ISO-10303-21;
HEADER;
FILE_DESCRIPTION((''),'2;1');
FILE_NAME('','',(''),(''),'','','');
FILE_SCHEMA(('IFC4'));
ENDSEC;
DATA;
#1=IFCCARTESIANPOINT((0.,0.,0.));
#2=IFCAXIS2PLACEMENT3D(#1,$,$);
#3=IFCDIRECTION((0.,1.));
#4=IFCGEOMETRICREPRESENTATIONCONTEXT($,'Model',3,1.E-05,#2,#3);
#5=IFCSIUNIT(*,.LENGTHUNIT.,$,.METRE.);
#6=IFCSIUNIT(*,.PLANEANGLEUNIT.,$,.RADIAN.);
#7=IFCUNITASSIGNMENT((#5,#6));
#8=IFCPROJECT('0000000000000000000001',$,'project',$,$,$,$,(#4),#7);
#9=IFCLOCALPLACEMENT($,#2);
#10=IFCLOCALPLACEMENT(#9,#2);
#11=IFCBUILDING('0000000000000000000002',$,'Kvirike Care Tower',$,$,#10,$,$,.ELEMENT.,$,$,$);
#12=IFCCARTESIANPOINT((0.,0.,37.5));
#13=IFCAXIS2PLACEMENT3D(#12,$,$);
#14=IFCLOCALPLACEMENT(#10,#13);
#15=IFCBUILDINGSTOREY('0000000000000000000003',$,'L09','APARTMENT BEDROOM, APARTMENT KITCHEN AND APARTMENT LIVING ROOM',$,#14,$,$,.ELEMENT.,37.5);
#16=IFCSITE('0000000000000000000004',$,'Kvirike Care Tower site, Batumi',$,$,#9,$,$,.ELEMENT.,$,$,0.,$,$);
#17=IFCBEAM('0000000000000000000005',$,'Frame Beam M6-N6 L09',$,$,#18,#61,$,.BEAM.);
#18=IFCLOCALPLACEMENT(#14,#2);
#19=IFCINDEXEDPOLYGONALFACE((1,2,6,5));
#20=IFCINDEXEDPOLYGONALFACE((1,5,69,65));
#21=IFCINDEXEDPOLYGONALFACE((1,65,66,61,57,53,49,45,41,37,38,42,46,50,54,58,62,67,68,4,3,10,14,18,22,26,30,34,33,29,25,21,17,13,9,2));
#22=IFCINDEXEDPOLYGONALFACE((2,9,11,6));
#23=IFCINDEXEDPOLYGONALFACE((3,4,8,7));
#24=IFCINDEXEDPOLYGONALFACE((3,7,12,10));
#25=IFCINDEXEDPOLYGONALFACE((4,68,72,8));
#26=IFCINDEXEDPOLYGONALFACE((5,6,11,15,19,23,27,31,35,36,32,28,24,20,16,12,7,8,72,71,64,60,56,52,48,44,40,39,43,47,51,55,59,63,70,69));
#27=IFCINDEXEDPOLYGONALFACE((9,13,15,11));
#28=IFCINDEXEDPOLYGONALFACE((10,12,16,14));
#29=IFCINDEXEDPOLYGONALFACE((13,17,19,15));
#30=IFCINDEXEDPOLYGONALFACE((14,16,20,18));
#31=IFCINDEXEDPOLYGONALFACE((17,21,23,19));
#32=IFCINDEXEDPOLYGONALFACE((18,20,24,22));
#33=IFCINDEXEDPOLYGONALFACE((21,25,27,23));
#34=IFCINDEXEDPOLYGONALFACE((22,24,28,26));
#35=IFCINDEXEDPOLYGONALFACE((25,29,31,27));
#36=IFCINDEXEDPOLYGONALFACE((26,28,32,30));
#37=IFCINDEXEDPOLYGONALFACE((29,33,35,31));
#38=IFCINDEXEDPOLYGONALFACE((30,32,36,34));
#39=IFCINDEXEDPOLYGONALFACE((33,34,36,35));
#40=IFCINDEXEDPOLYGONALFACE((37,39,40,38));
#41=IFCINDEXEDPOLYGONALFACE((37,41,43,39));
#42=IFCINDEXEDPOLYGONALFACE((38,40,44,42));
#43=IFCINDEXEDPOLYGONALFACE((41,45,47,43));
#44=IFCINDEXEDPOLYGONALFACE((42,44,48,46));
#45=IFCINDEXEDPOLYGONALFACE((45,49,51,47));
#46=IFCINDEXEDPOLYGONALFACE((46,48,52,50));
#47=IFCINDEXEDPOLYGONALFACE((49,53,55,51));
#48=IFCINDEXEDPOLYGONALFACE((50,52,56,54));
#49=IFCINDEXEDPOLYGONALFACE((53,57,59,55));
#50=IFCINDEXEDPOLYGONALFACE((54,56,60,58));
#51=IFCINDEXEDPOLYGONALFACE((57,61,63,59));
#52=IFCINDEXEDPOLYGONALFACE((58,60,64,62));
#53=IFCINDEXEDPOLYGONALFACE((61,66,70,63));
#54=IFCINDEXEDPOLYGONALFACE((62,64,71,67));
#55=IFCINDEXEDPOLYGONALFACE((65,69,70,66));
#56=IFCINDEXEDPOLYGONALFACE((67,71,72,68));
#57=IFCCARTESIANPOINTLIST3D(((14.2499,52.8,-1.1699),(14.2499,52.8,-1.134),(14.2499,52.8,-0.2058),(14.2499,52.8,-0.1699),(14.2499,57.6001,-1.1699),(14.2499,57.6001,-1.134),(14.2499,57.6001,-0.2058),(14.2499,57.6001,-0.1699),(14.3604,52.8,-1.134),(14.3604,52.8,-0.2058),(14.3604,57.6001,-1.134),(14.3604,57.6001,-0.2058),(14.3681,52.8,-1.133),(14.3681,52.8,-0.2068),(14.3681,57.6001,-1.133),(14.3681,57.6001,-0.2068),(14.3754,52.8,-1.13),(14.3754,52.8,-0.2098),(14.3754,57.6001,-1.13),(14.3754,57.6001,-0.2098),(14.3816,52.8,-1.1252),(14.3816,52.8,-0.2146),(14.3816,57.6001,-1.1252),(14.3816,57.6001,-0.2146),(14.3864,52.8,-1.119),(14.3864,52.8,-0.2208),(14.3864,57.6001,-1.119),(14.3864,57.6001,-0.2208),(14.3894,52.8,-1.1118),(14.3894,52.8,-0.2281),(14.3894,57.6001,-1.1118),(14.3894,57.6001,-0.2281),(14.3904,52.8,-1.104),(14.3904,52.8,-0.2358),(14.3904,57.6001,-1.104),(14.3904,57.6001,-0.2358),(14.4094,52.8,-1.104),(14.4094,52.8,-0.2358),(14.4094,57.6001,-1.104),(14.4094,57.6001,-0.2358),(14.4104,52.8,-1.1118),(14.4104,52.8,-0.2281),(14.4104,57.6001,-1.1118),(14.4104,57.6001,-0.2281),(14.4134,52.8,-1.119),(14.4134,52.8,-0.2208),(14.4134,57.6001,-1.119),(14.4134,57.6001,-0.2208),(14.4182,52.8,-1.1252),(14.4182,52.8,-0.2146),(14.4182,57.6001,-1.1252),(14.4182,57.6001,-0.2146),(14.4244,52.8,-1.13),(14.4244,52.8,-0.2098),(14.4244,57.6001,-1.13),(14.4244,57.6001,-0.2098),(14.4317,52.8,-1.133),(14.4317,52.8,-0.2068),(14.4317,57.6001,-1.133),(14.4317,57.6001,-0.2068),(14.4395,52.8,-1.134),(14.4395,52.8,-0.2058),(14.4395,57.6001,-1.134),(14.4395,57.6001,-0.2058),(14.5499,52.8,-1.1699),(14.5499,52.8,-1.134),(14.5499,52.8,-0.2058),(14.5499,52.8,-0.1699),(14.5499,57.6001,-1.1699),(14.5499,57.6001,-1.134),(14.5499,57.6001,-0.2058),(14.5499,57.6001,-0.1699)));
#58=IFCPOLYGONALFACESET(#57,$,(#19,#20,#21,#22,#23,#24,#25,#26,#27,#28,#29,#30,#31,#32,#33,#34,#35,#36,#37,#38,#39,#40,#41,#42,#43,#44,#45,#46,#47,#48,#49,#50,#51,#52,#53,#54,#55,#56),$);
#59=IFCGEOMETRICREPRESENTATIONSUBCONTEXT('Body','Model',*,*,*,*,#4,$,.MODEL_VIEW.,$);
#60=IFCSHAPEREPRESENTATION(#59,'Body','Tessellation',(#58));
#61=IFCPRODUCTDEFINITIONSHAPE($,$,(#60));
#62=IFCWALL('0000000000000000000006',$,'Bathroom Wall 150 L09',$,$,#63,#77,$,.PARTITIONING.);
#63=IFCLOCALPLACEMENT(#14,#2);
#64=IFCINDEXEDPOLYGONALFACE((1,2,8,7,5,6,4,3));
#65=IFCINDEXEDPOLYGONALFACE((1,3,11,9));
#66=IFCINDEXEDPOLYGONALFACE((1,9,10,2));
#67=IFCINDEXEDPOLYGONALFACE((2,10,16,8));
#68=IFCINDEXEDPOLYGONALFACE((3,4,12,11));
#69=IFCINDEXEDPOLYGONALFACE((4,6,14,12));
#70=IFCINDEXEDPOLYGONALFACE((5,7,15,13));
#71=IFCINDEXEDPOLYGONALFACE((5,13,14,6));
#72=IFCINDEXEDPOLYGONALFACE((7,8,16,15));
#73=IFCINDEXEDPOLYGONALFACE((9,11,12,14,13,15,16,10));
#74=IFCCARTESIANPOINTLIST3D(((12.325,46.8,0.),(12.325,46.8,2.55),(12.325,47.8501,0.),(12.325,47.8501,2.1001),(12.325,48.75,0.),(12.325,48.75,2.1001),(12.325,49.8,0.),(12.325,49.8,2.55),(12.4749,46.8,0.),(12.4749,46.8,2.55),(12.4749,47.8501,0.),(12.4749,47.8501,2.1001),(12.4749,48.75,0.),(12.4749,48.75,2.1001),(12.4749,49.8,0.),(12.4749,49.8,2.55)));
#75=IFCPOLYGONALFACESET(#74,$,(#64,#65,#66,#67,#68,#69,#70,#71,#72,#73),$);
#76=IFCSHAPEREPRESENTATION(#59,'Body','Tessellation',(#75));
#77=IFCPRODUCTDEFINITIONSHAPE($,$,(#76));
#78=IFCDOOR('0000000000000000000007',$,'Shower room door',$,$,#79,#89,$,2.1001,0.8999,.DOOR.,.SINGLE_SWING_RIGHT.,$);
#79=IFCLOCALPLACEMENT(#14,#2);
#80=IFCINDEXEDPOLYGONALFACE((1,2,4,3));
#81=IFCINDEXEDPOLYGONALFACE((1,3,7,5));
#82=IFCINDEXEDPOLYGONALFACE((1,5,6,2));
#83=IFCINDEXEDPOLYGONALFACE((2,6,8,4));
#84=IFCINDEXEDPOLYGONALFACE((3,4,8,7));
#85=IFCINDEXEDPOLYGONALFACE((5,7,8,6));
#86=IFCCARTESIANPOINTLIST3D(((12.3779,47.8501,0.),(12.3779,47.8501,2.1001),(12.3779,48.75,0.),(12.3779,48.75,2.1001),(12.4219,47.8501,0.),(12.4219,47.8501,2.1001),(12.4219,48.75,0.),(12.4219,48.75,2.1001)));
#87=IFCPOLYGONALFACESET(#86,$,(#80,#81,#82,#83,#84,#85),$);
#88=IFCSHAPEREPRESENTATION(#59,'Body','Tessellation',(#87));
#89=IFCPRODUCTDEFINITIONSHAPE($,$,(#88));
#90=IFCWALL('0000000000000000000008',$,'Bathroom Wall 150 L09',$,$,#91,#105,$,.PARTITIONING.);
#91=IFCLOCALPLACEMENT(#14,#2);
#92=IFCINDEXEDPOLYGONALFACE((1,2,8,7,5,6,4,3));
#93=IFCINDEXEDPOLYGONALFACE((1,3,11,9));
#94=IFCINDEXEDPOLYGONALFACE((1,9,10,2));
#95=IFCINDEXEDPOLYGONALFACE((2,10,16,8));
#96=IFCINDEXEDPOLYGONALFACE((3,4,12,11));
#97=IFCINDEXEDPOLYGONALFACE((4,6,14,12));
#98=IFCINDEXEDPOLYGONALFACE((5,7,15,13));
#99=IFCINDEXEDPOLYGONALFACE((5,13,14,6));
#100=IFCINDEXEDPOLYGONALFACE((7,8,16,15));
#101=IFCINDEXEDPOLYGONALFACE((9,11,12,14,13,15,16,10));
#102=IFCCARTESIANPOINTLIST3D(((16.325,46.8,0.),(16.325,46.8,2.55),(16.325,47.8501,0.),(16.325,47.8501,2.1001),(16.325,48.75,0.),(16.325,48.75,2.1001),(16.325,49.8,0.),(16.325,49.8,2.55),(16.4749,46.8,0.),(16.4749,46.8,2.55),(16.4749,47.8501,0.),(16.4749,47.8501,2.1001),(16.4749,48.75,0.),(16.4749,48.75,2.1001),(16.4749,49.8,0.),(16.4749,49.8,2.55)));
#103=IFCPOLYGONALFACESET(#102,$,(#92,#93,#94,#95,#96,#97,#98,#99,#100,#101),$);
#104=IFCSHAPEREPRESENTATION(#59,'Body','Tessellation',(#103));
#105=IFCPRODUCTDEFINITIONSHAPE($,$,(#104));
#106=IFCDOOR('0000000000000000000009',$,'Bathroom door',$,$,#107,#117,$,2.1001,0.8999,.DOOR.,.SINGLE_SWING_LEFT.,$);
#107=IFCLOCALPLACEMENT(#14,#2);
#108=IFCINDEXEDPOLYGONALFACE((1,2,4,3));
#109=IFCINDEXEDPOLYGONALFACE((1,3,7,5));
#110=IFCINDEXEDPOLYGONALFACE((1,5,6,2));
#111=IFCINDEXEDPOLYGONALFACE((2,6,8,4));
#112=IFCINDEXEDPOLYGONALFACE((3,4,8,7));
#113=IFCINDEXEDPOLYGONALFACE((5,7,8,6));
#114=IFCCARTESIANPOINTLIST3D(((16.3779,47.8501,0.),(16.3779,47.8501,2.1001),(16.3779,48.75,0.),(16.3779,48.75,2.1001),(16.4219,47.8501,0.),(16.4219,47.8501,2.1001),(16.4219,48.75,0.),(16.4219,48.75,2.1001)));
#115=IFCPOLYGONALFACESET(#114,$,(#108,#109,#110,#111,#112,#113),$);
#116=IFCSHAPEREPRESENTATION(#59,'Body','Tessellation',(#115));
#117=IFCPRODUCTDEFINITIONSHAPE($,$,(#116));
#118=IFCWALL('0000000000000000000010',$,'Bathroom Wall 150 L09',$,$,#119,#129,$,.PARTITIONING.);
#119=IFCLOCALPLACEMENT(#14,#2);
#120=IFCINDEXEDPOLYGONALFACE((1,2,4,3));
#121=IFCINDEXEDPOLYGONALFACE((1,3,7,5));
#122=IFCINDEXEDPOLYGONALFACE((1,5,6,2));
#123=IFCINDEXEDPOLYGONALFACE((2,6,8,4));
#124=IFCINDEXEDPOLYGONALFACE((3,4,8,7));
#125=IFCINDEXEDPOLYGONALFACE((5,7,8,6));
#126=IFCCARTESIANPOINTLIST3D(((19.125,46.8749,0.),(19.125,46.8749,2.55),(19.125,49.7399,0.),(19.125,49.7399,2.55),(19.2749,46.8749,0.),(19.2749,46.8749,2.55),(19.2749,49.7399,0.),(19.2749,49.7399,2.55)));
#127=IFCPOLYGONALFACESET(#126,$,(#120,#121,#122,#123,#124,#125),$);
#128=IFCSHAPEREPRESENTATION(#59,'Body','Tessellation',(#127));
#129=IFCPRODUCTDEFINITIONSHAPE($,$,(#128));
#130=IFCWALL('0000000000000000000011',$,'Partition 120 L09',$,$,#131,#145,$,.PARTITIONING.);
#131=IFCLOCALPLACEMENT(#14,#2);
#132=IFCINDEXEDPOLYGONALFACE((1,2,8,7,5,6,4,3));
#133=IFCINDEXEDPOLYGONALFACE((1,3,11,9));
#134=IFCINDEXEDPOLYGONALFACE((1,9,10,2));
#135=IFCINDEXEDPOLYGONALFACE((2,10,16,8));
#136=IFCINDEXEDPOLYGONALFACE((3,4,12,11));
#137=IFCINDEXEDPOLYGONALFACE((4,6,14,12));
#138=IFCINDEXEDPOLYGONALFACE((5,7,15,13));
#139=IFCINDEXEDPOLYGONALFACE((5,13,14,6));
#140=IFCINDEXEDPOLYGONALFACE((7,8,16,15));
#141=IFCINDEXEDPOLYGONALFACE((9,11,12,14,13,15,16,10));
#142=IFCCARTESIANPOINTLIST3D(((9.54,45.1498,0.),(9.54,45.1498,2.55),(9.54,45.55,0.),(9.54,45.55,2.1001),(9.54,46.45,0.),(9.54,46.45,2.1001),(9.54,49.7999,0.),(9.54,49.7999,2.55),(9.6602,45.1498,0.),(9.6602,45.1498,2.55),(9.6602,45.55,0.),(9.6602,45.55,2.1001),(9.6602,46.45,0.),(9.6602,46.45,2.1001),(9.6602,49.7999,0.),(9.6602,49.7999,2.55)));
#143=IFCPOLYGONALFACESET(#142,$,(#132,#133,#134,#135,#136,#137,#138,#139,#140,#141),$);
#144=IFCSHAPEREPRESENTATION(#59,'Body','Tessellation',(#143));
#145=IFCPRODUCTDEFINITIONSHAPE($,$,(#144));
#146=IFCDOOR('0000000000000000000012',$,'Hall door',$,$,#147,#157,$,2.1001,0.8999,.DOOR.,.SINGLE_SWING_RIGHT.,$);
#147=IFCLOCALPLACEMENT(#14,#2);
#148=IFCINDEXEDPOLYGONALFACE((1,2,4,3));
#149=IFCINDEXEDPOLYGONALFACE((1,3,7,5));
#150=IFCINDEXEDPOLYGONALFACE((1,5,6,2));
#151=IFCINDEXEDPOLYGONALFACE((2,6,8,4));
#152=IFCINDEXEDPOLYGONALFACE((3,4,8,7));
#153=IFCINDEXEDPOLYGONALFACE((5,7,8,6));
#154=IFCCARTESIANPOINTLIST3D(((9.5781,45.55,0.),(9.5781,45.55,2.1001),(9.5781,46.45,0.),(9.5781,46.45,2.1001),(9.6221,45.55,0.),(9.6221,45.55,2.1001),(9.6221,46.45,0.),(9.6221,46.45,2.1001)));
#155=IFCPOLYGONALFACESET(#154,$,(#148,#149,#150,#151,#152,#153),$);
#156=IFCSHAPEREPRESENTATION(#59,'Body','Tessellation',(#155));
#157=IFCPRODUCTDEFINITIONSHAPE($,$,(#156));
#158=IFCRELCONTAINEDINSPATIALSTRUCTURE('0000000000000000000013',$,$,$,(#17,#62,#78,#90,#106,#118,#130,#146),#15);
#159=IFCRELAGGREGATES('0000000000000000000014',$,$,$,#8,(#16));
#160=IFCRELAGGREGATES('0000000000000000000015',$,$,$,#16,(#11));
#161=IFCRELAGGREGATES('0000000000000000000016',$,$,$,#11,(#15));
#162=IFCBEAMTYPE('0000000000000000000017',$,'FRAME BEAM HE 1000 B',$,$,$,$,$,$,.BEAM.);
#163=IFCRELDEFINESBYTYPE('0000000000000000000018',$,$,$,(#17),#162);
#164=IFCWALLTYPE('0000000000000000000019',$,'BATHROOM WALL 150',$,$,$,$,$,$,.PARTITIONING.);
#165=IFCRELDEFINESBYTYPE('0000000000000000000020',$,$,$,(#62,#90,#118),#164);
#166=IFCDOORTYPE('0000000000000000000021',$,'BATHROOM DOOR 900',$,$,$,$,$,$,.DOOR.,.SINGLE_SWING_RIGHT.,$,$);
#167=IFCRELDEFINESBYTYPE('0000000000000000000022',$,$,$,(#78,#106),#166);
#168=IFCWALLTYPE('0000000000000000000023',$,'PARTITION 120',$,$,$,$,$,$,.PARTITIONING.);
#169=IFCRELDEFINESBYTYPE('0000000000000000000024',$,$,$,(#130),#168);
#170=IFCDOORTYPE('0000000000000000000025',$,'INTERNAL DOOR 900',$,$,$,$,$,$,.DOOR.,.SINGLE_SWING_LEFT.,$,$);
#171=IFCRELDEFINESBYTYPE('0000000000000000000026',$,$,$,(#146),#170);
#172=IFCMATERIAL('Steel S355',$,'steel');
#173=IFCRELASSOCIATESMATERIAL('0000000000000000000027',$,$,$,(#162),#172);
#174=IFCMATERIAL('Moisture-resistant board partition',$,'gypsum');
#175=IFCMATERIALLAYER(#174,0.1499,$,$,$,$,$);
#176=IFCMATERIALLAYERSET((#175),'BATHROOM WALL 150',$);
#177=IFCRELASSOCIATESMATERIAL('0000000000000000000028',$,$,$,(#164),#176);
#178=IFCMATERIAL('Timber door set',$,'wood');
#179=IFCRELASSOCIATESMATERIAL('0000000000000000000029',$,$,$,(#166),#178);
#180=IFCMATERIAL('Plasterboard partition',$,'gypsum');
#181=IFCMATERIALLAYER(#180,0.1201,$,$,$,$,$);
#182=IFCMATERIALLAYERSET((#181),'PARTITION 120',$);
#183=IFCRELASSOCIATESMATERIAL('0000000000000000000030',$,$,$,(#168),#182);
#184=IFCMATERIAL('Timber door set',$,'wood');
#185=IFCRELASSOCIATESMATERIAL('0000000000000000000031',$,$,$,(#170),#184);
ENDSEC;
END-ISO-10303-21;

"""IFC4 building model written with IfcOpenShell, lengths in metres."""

from ifc_helpers import new_model, si_unit, direction, frame, frame_2d, origin, origin_2d, place, context, subcontext, project, spatial, rectangle, i_section, extrude, material, layer, layer_set, material_profile, profile_set, type_object, element, fill, save


model = new_model("IFC4")

# Units and contexts
model_context = context("Model", 3, precision=1e-05, world=origin(), true_north=direction((0.0, 1.0)))
body_context = subcontext(model_context, "Body", "Model", "MODEL_VIEW")
ifc_project = project(units=[si_unit("LENGTHUNIT", "METRE"), si_unit("PLANEANGLEUNIT", "RADIAN")], contexts=[model_context])

# Site, building, storey
site_placement = place(None, origin())
site = spatial("IfcSite", under=ifc_project, at=site_placement, Name="Kvirike Care Tower site, Batumi", CompositionType="ELEMENT", RefElevation=0.0)
building_placement = place(site_placement, origin())
building = spatial("IfcBuilding", under=site, at=building_placement, Name="Kvirike Care Tower", CompositionType="ELEMENT")
storey_placement = place(building_placement, frame((0.0, 0.0, 37.5)))
storey = spatial("IfcBuildingStorey", under=building, at=storey_placement, Name="L09", Description="APARTMENT BEDROOM, APARTMENT KITCHEN AND APARTMENT LIVING ROOM", CompositionType="ELEMENT", Elevation=37.5)

# Beam
ifc_material_1 = material(Name="Steel S355", Category="steel")
ifc_material_profile_1 = material_profile(ifc_material_1, i_section(OverallWidth=0.3, OverallDepth=1.0, WebThickness=0.019, FlangeThickness=0.0359, FilletRadius=0.03, at=origin_2d()), Name="HE 1000 B")
ifc_profile_set_1 = profile_set([ifc_material_profile_1], Name="Steel S355")
beam_type_1 = type_object("IfcBeamType", Name="FRAME BEAM HE 1000 B", PredefinedType="BEAM", material=ifc_profile_set_1)
for number, where, z_axis, x_axis, name in (
    (1, (14.3999, 52.8, -0.6699), (0.0, 1.0, 0.0), (-1.0, 0.0, 0.0), "Frame Beam M6-N6 L09"),
):
    element("IfcBeam", number, at=place(storey_placement, frame(where, z_axis=z_axis, x_axis=x_axis)), inside=storey, type_object=beam_type_1, Name=name, PredefinedType="BEAM", context=body_context, shape_type="SweptSolid", body=[
        extrude(i_section(OverallWidth=0.3, OverallDepth=1.0, WebThickness=0.019, FlangeThickness=0.0359, FilletRadius=0.03, at=origin_2d()), origin(), (0.0, 0.0, 1.0), 4.8),
    ])

# Walls, openings, doors
ifc_material_2 = material(Name="Moisture-resistant board partition", Category="gypsum")
ifc_layer_1 = layer(ifc_material_2, 0.1499)
ifc_layer_set_1 = layer_set([ifc_layer_1], Name="BATHROOM WALL 150")
wall_type_1 = type_object("IfcWallType", Name="BATHROOM WALL 150", PredefinedType="PARTITIONING", material=ifc_layer_set_1)
wall_1_placement = place(storey_placement, frame((12.3999, 49.8, 0.0), z_axis=(0.0, 0.0, 1.0), x_axis=(0.0, -1.0, 0.0)))
wall_1 = element("IfcWall", 2, at=wall_1_placement, inside=storey, type_object=wall_type_1, Name="Bathroom Wall 150 L09", PredefinedType="PARTITIONING", context=body_context, shape_type="SweptSolid", body=[
    extrude(rectangle(XDim=3.0, YDim=0.1499, at=frame_2d((1.5, 0.0))), origin(), (0.0, 0.0, 1.0), 2.55),
])
opening_1_placement = place(wall_1_placement, frame((1.05, 0.0, 0.0)))
opening_1 = element("IfcOpeningElement", 3, at=opening_1_placement, cuts=wall_1, PredefinedType="OPENING", context=body_context, shape_type="SweptSolid", body=[
    extrude(rectangle(XDim=0.8999, YDim=2.1001, at=frame_2d((0.45, 1.05))), frame((0.0, 0.0854, 0.0), z_axis=(0.0, -1.0, 0.0), x_axis=(1.0, 0.0, 0.0)), (0.0, 0.0, 1.0), 0.1709),
])
ifc_material_3 = material(Name="Timber door set", Category="wood")
door_type_1 = type_object("IfcDoorType", Name="BATHROOM DOOR 900", OperationType="SINGLE_SWING_RIGHT", PredefinedType="DOOR", material=ifc_material_3)
door_1_placement = place(opening_1_placement, frame((0.8999, 0.0, 0.0), z_axis=(0.0, 0.0, 1.0), x_axis=(-1.0, 0.0, 0.0)))
door_1 = element("IfcDoor", 4, at=door_1_placement, inside=storey, type_object=door_type_1, Name="Shower room door", OperationType="SINGLE_SWING_RIGHT", OverallHeight=2.1001, OverallWidth=0.8999, PredefinedType="DOOR", context=body_context, shape_type="SweptSolid", body=[
    extrude(rectangle(XDim=0.8999, YDim=2.1001, at=frame_2d((0.45, 1.05))), frame((0.0, 0.022, 0.0), z_axis=(0.0, -1.0, 0.0), x_axis=(1.0, 0.0, 0.0)), (0.0, 0.0, 1.0), 0.0439),
])
fill(opening_1, door_1)
wall_2_placement = place(storey_placement, frame((16.3999, 49.8, 0.0), z_axis=(0.0, 0.0, 1.0), x_axis=(0.0, -1.0, 0.0)))
wall_2 = element("IfcWall", 5, at=wall_2_placement, inside=storey, type_object=wall_type_1, Name="Bathroom Wall 150 L09", PredefinedType="PARTITIONING", context=body_context, shape_type="SweptSolid", body=[
    extrude(rectangle(XDim=3.0, YDim=0.1499, at=frame_2d((1.5, 0.0))), origin(), (0.0, 0.0, 1.0), 2.55),
])
opening_2_placement = place(wall_2_placement, frame((1.05, 0.0, 0.0)))
opening_2 = element("IfcOpeningElement", 6, at=opening_2_placement, cuts=wall_2, PredefinedType="OPENING", context=body_context, shape_type="SweptSolid", body=[
    extrude(rectangle(XDim=0.8999, YDim=2.1001, at=frame_2d((0.45, 1.05))), frame((0.0, 0.0854, 0.0), z_axis=(0.0, -1.0, 0.0), x_axis=(1.0, 0.0, 0.0)), (0.0, 0.0, 1.0), 0.1709),
])
door_2_placement = place(opening_2_placement, origin())
door_2 = element("IfcDoor", 7, at=door_2_placement, inside=storey, type_object=door_type_1, Name="Bathroom door", OperationType="SINGLE_SWING_LEFT", OverallHeight=2.1001, OverallWidth=0.8999, PredefinedType="DOOR", context=body_context, shape_type="SweptSolid", body=[
    extrude(rectangle(XDim=0.8999, YDim=2.1001, at=frame_2d((0.45, 1.05))), frame((0.0, 0.022, 0.0), z_axis=(0.0, -1.0, 0.0), x_axis=(1.0, 0.0, 0.0)), (0.0, 0.0, 1.0), 0.0439),
])
fill(opening_2, door_2)

# Wall
wall_3_placement = place(storey_placement, frame((19.2, 49.74, 0.0), z_axis=(0.0, 0.0, 1.0), x_axis=(0.0, -1.0, 0.0)))
element("IfcWall", 8, at=wall_3_placement, inside=storey, type_object=wall_type_1, Name="Bathroom Wall 150 L09", PredefinedType="PARTITIONING", context=body_context, shape_type="SweptSolid", body=[
    extrude(rectangle(XDim=2.865, YDim=0.1499, at=frame_2d((1.4326, 0.0))), origin(), (0.0, 0.0, 1.0), 2.55),
])

# Wall, opening, door
ifc_material_4 = material(Name="Plasterboard partition", Category="gypsum")
ifc_layer_2 = layer(ifc_material_4, 0.1201)
ifc_layer_set_2 = layer_set([ifc_layer_2], Name="PARTITION 120")
wall_type_2 = type_object("IfcWallType", Name="PARTITION 120", PredefinedType="PARTITIONING", material=ifc_layer_set_2)
wall_4_placement = place(storey_placement, frame((9.6001, 49.8, 0.0), z_axis=(0.0, 0.0, 1.0), x_axis=(0.0, -1.0, 0.0)))
wall_4 = element("IfcWall", 9, at=wall_4_placement, inside=storey, type_object=wall_type_2, Name="Partition 120 L09", PredefinedType="PARTITIONING", context=body_context, shape_type="SweptSolid", body=[
    extrude(rectangle(XDim=4.6501, YDim=0.1201, at=frame_2d((2.3252, 0.0))), origin(), (0.0, 0.0, 1.0), 2.55),
])
opening_3_placement = place(wall_4_placement, frame((3.3501, 0.0, 0.0)))
opening_3 = element("IfcOpeningElement", 10, at=opening_3_placement, cuts=wall_4, PredefinedType="OPENING", context=body_context, shape_type="SweptSolid", body=[
    extrude(rectangle(XDim=0.8999, YDim=2.1001, at=frame_2d((0.45, 1.05))), frame((0.0, 0.0706, 0.0), z_axis=(0.0, -1.0, 0.0), x_axis=(1.0, 0.0, 0.0)), (0.0, 0.0, 1.0), 0.1411),
])
ifc_material_5 = material(Name="Timber door set", Category="wood")
door_type_2 = type_object("IfcDoorType", Name="INTERNAL DOOR 900", OperationType="SINGLE_SWING_LEFT", PredefinedType="DOOR", material=ifc_material_5)
door_3_placement = place(opening_3_placement, origin())
door_3 = element("IfcDoor", 11, at=door_3_placement, inside=storey, type_object=door_type_2, Name="Hall door", OperationType="SINGLE_SWING_RIGHT", OverallHeight=2.1001, OverallWidth=0.8999, PredefinedType="DOOR", context=body_context, shape_type="SweptSolid", body=[
    extrude(rectangle(XDim=0.8999, YDim=2.1001, at=frame_2d((0.45, 1.05))), frame((0.0, 0.022, 0.0), z_axis=(0.0, -1.0, 0.0), x_axis=(1.0, 0.0, 0.0)), (0.0, 0.0, 1.0), 0.0439),
])
fill(opening_3, door_3)

save(model, "model.ifc")
